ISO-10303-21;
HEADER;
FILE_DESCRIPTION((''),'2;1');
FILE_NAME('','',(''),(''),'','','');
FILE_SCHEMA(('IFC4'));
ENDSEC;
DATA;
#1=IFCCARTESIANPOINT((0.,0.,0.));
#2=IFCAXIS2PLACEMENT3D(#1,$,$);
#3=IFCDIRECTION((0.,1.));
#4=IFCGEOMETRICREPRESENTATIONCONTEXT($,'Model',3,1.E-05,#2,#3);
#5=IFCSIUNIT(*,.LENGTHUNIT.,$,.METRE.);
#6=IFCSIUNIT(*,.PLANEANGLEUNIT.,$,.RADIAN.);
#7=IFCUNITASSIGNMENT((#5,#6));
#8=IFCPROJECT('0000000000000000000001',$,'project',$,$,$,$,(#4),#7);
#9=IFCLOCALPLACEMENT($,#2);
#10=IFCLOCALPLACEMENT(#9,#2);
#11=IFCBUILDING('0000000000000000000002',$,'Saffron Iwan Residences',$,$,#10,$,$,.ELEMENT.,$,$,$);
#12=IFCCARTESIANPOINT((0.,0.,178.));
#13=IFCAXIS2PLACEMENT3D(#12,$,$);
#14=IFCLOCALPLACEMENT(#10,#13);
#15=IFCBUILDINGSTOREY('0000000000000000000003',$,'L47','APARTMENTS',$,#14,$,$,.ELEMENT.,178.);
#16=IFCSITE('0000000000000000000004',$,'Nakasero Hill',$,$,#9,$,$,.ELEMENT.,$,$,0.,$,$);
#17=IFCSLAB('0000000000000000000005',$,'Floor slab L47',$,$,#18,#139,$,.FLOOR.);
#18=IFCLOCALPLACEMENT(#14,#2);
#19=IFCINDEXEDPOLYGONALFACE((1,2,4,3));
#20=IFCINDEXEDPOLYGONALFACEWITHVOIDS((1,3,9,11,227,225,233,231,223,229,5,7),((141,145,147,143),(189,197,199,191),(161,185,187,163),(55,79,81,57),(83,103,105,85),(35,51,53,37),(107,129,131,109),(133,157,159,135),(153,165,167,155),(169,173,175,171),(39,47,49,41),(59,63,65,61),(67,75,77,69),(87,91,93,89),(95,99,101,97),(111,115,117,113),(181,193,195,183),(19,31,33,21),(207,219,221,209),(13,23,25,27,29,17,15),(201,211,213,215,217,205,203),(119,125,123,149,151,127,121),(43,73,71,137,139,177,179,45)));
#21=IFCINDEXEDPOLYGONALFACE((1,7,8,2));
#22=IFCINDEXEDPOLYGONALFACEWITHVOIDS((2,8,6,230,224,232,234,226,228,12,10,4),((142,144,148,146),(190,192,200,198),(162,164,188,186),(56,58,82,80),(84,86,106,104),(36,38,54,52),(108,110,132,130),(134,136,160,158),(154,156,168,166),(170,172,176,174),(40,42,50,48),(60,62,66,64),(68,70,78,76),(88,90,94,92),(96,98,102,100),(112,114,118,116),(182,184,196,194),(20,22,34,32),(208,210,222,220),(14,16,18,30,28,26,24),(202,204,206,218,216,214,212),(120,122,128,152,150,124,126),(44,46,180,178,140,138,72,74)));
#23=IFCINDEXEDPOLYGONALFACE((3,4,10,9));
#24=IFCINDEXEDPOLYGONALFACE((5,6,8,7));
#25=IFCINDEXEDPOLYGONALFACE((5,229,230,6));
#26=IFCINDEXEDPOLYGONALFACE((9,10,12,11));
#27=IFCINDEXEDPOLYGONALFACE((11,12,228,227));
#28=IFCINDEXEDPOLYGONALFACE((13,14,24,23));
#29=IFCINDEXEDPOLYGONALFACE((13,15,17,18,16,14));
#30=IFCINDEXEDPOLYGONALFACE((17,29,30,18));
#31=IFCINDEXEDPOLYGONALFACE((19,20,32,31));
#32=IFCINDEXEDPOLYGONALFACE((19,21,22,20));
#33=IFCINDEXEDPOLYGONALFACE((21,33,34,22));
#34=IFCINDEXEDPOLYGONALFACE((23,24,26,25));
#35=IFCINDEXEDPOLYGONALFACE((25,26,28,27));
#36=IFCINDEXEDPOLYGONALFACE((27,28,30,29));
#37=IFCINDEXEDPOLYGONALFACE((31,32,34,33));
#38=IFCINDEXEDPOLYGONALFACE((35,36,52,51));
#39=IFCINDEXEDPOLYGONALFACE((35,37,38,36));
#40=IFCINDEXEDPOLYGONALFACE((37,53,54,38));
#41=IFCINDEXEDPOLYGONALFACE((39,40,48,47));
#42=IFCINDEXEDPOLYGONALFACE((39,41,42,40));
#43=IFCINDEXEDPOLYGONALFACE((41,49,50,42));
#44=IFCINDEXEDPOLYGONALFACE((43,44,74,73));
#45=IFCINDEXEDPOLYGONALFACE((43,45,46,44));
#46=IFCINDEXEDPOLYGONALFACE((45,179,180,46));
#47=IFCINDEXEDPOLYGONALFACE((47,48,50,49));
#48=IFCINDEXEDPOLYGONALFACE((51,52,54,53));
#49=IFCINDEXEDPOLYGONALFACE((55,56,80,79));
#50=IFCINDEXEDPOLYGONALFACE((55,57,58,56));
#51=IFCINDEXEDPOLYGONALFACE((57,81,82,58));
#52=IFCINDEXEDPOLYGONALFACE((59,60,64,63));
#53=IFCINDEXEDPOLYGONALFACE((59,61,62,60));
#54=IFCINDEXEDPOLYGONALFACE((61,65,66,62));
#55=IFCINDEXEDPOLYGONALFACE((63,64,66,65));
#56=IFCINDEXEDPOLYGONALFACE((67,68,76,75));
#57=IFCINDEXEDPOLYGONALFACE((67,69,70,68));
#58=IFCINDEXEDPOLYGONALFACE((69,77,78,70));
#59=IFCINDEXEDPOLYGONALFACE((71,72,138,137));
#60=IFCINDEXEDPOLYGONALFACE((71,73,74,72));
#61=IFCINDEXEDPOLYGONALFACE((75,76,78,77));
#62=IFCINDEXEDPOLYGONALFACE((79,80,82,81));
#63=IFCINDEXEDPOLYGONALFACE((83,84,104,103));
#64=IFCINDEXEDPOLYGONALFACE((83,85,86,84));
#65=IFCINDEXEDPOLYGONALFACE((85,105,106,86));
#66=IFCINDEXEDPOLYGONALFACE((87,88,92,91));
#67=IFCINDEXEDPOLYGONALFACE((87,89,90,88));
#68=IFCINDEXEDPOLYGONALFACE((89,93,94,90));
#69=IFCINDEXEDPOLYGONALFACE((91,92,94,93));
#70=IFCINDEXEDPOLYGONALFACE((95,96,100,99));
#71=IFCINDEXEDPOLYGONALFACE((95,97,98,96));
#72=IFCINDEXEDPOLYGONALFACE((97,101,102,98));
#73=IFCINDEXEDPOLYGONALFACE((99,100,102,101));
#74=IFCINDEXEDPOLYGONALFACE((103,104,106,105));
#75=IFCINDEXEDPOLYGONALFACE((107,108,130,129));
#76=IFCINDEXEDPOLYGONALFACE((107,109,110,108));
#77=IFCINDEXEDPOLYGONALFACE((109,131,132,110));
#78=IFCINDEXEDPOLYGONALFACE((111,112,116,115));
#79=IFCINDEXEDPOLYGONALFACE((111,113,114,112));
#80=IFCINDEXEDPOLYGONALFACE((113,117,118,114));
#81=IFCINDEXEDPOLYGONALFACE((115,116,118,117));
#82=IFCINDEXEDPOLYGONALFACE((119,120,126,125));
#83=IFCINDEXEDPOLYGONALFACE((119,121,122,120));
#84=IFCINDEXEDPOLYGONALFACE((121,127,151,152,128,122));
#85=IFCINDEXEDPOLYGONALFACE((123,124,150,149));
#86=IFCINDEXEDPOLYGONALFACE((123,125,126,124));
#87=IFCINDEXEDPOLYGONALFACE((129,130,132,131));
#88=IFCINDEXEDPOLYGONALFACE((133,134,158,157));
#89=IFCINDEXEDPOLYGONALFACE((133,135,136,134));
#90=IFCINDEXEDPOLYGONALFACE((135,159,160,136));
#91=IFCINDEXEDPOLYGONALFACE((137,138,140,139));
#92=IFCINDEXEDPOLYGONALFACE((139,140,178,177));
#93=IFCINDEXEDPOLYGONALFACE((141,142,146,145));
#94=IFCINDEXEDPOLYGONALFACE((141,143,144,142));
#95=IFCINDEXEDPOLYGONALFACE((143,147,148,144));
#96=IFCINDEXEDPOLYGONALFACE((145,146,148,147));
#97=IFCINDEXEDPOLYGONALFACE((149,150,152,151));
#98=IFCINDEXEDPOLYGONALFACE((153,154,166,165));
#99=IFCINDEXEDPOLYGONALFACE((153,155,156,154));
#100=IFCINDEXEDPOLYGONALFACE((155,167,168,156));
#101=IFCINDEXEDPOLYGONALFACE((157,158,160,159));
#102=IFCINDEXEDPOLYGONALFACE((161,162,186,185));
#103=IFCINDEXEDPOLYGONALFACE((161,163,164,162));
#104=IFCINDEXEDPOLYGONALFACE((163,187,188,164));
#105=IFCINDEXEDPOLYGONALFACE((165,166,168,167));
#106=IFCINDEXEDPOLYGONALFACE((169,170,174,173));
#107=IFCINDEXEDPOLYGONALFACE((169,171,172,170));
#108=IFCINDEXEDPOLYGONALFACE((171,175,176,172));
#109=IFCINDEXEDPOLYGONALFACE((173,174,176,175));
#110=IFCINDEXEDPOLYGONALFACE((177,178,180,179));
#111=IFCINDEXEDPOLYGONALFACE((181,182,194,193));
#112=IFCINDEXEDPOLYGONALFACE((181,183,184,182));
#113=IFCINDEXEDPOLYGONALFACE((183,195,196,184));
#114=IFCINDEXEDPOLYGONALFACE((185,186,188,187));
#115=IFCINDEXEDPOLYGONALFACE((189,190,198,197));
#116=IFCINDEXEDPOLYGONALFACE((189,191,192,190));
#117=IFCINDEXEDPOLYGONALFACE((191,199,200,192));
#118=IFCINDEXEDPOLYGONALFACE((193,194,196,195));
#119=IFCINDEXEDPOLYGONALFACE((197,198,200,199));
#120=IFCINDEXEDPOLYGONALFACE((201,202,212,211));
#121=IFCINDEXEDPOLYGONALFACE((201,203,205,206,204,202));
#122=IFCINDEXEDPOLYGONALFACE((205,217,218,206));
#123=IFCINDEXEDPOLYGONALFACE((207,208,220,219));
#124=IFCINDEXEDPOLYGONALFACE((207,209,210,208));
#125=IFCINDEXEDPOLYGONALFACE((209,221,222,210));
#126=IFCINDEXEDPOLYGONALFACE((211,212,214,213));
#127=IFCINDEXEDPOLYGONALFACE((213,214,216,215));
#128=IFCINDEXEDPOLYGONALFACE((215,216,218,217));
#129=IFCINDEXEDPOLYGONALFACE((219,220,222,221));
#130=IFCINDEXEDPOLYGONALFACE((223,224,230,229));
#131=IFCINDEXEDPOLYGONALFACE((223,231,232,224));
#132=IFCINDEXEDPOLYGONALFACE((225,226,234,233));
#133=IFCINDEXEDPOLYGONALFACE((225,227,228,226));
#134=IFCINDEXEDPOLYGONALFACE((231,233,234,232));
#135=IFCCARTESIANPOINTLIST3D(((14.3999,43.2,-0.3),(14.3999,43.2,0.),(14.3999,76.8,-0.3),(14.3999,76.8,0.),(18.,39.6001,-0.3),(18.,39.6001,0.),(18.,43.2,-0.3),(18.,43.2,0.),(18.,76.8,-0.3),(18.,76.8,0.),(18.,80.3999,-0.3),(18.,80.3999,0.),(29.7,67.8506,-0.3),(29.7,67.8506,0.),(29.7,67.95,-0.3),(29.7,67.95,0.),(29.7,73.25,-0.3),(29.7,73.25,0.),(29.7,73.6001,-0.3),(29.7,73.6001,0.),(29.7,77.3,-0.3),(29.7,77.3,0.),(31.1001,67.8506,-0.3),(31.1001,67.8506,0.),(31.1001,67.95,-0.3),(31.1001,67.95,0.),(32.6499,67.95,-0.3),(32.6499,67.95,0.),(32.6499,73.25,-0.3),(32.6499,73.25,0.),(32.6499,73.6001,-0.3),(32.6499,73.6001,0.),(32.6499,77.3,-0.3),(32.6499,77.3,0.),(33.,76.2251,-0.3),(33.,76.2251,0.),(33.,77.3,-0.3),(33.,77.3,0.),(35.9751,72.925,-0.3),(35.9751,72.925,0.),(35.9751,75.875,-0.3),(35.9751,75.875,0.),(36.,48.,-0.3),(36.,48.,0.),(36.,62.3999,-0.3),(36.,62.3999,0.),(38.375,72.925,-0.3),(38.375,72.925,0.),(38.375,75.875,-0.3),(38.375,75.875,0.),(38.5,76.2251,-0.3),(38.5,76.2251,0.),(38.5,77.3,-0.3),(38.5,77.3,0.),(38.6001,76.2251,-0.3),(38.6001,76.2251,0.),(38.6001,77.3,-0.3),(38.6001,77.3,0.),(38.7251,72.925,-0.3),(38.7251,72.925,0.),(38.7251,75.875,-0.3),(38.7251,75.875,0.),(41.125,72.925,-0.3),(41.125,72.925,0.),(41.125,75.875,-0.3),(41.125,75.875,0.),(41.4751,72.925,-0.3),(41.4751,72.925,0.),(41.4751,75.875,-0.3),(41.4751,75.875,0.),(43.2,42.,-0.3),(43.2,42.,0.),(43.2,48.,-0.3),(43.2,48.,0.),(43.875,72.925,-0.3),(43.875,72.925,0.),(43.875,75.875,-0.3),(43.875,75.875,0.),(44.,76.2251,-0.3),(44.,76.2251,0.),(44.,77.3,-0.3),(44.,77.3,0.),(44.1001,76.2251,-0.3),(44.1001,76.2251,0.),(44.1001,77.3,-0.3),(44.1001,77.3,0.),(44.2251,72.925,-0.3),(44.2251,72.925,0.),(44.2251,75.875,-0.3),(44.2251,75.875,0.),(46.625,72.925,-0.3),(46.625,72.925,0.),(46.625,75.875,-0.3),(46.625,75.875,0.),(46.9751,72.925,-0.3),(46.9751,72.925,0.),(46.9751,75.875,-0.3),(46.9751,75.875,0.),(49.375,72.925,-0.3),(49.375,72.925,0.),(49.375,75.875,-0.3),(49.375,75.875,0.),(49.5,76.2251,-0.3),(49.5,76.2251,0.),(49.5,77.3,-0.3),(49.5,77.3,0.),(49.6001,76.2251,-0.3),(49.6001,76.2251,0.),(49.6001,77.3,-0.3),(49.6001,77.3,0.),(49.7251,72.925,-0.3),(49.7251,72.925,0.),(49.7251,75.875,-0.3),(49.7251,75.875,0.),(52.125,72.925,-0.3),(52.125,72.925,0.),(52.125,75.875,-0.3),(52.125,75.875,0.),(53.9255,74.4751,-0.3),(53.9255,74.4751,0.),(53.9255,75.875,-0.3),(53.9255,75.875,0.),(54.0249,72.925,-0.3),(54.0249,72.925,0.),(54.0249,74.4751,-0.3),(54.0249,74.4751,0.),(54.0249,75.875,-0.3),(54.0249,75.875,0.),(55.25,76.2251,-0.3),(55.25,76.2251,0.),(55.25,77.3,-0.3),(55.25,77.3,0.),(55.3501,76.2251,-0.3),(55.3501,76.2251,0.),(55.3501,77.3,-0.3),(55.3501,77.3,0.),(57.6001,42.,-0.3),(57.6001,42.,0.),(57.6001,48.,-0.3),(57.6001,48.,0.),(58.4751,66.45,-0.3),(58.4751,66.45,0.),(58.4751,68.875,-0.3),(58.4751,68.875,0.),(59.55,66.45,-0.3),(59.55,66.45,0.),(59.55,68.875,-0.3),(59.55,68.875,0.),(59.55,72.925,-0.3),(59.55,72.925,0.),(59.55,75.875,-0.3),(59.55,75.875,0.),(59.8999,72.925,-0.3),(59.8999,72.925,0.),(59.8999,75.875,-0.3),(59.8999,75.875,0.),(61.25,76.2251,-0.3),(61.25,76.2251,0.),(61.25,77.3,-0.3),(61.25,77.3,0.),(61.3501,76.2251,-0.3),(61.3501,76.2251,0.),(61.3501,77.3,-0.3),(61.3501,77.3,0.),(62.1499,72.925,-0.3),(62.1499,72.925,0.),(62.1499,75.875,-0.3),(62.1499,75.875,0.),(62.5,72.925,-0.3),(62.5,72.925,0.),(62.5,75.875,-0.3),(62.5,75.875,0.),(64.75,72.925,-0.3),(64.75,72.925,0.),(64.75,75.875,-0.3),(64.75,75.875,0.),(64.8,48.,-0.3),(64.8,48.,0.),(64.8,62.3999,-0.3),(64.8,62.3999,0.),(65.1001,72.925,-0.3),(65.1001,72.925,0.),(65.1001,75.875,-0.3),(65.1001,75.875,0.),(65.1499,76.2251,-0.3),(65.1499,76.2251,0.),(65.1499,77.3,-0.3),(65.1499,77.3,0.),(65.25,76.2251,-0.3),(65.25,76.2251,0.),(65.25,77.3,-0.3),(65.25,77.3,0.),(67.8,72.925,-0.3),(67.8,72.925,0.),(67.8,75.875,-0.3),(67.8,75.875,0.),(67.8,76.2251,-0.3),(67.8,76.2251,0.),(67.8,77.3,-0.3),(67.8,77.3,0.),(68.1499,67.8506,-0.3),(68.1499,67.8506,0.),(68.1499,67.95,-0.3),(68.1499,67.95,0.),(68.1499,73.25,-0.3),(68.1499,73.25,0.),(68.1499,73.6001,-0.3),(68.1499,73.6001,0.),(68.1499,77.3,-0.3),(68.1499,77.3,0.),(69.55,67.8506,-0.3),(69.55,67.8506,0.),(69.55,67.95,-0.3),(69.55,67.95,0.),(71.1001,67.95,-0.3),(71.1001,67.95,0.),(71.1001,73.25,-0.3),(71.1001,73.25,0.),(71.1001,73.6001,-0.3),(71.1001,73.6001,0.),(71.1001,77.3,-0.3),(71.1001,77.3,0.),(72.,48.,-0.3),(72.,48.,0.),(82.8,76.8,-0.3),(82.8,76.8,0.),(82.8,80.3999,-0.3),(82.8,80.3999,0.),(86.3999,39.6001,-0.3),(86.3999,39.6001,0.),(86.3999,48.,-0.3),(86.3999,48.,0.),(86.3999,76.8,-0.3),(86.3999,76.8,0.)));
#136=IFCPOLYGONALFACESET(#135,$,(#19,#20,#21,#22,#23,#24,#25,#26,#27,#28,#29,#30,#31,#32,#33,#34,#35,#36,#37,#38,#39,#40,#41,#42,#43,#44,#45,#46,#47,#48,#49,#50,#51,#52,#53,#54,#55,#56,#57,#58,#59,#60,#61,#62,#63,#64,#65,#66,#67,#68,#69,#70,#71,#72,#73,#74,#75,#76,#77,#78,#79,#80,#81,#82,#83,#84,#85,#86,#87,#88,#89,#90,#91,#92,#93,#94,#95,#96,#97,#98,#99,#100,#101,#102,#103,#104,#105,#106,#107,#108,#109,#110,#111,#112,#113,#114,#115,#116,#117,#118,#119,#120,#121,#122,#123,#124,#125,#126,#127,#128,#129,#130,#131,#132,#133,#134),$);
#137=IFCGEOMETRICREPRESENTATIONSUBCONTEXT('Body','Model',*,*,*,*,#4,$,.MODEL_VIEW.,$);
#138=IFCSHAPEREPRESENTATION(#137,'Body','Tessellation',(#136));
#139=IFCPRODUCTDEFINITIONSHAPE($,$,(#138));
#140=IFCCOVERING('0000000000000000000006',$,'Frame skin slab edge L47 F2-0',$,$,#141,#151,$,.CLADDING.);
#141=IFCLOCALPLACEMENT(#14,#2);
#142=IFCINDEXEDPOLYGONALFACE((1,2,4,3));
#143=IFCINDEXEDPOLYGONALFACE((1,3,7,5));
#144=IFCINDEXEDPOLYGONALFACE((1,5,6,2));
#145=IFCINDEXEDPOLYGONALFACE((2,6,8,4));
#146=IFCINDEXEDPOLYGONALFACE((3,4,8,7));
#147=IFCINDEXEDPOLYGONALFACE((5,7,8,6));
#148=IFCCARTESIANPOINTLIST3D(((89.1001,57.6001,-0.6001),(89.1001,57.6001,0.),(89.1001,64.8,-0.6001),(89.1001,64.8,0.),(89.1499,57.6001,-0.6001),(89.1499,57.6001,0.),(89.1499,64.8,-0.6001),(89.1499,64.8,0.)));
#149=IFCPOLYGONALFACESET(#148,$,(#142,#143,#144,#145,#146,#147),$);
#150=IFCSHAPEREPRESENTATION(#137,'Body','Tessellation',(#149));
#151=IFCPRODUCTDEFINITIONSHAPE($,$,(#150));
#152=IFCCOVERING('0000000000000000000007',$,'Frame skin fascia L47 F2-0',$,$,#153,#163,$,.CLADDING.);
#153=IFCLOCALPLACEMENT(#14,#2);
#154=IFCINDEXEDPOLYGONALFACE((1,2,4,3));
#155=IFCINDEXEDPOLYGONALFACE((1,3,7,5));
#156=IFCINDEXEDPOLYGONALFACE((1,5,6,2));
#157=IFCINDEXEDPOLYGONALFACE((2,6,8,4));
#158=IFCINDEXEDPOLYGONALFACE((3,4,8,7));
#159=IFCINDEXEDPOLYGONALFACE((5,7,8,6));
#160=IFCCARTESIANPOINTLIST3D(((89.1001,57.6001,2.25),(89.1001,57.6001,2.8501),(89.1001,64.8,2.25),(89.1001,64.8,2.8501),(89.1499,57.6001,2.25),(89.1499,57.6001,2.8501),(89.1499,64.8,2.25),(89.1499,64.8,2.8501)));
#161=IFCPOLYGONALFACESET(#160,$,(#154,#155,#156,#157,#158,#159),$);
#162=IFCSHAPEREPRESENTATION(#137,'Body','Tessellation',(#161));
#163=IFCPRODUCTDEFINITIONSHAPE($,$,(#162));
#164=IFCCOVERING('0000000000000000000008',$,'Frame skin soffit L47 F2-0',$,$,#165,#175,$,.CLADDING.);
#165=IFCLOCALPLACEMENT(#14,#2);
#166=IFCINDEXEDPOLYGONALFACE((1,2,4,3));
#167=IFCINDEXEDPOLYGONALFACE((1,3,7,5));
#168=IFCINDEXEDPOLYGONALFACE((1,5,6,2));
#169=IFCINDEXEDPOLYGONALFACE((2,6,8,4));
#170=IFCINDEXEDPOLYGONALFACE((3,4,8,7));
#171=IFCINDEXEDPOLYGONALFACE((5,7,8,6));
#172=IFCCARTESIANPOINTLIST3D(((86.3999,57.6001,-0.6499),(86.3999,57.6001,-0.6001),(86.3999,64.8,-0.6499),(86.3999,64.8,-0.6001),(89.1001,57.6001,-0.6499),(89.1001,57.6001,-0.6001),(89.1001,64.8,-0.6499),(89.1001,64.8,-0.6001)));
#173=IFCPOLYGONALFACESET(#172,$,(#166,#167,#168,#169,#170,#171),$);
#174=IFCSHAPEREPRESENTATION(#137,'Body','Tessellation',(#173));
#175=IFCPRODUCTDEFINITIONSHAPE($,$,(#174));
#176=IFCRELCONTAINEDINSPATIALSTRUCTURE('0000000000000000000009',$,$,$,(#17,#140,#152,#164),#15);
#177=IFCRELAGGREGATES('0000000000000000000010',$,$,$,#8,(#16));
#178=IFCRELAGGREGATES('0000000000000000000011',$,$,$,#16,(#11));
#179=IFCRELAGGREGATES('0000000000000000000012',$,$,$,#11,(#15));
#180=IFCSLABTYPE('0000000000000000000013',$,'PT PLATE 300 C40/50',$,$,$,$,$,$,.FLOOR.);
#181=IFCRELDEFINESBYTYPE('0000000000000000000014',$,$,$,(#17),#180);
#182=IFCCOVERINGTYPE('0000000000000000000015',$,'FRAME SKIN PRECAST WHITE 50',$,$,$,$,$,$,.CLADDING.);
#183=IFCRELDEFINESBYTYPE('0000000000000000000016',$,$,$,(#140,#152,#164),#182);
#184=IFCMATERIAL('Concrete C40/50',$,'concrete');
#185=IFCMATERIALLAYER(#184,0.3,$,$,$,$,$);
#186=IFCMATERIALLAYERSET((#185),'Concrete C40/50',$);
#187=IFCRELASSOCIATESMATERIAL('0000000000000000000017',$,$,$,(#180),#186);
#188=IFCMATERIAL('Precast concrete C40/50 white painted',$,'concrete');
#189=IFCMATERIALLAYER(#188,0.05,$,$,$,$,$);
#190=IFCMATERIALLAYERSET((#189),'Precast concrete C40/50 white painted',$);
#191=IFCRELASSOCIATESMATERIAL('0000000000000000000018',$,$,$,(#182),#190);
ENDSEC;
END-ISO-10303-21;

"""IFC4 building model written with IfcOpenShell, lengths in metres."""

from ifc_helpers import new_model, si_unit, direction, frame, origin, place, context, subcontext, project, spatial, polyline, outline, extrude, material, layer, layer_set, type_object, element, save


model = new_model("IFC4")

# Units and contexts
model_context = context("Model", 3, precision=1e-05, world=origin(), true_north=direction((0.0, 1.0)))
body_context = subcontext(model_context, "Body", "Model", "MODEL_VIEW")
ifc_project = project(units=[si_unit("LENGTHUNIT", "METRE"), si_unit("PLANEANGLEUNIT", "RADIAN")], contexts=[model_context])

# Site, building, storey
site_placement = place(None, origin())
site = spatial("IfcSite", under=ifc_project, at=site_placement, Name="Nakasero Hill", CompositionType="ELEMENT", RefElevation=0.0)
building_placement = place(site_placement, origin())
building = spatial("IfcBuilding", under=site, at=building_placement, Name="Saffron Iwan Residences", CompositionType="ELEMENT")
storey_placement = place(building_placement, frame((0.0, 0.0, 178.0)))
storey = spatial("IfcBuildingStorey", under=building, at=storey_placement, Name="L47", Description="APARTMENTS", CompositionType="ELEMENT", Elevation=178.0)

# Slab
ifc_material_1 = material(Name="Concrete C40/50", Category="concrete")
ifc_layer_1 = layer(ifc_material_1, 0.3)
ifc_layer_set_1 = layer_set([ifc_layer_1], Name="Concrete C40/50")
slab_type_1 = type_object("IfcSlabType", Name="PT PLATE 300 C40/50", PredefinedType="FLOOR", material=ifc_layer_set_1)
slab_1_placement = place(storey_placement, frame((0.0, 0.0, -0.3)))
element("IfcSlab", 1, at=slab_1_placement, inside=storey, type_object=slab_type_1, Name="Floor slab L47", PredefinedType="FLOOR", context=body_context, shape_type="SweptSolid", body=[
    extrude(outline(polyline([(14.3999, 43.2), (14.3999, 76.8), (18.0, 76.8), (18.0, 80.3999), (82.8, 80.3999), (82.8, 76.8), (86.3999, 76.8), (86.3999, 48.0), (72.0, 48.0), (86.3999, 39.6001), (18.0, 39.6001), (18.0, 43.2), (14.3999, 43.2)]), holes=[polyline([(64.8, 48.0), (64.8, 62.3999), (36.0, 62.3999), (36.0, 48.0), (43.2, 48.0), (43.2, 42.0), (57.6001, 42.0), (57.6001, 48.0), (64.8, 48.0)]), polyline([(29.7, 73.25), (29.7, 67.95), (29.7, 67.8506), (31.1001, 67.8506), (31.1001, 67.95), (32.6499, 67.95), (32.6499, 73.25), (29.7, 73.25)]), polyline([(38.375, 75.875), (35.9751, 75.875), (35.9751, 72.925), (38.375, 72.925), (38.375, 75.875)]), polyline([(41.125, 75.875), (38.7251, 75.875), (38.7251, 72.925), (41.125, 72.925), (41.125, 75.875)]), polyline([(43.875, 72.925), (43.875, 75.875), (41.4751, 75.875), (41.4751, 72.925), (43.875, 72.925)]), polyline([(46.625, 72.925), (46.625, 75.875), (44.2251, 75.875), (44.2251, 72.925), (46.625, 72.925)]), polyline([(49.375, 75.875), (46.9751, 75.875), (46.9751, 72.925), (49.375, 72.925), (49.375, 75.875)]), polyline([(52.125, 72.925), (52.125, 75.875), (49.7251, 75.875), (49.7251, 72.925), (52.125, 72.925)]), polyline([(32.6499, 73.6001), (32.6499, 77.3), (29.7, 77.3), (29.7, 73.6001), (32.6499, 73.6001)]), polyline([(38.5, 77.3), (33.0, 77.3), (33.0, 76.2251), (38.5, 76.2251), (38.5, 77.3)]), polyline([(44.0, 76.2251), (44.0, 77.3), (38.6001, 77.3), (38.6001, 76.2251), (44.0, 76.2251)]), polyline([(49.5, 76.2251), (49.5, 77.3), (44.1001, 77.3), (44.1001, 76.2251), (49.5, 76.2251)]), polyline([(59.55, 68.875), (58.4751, 68.875), (58.4751, 66.45), (59.55, 66.45), (59.55, 68.875)]), polyline([(68.1499, 73.25), (68.1499, 67.95), (68.1499, 67.8506), (69.55, 67.8506), (69.55, 67.95), (71.1001, 67.95), (71.1001, 73.25), (68.1499, 73.25)]), polyline([(54.0249, 74.4751), (54.0249, 72.925), (59.55, 72.925), (59.55, 75.875), (54.0249, 75.875), (53.9255, 75.875), (53.9255, 74.4751), (54.0249, 74.4751)]), polyline([(62.1499, 72.925), (62.1499, 75.875), (59.8999, 75.875), (59.8999, 72.925), (62.1499, 72.925)]), polyline([(64.75, 72.925), (64.75, 75.875), (62.5, 75.875), (62.5, 72.925), (64.75, 72.925)]), polyline([(67.8, 75.875), (65.1001, 75.875), (65.1001, 72.925), (67.8, 72.925), (67.8, 75.875)]), polyline([(71.1001, 73.6001), (71.1001, 77.3), (68.1499, 77.3), (68.1499, 73.6001), (71.1001, 73.6001)]), polyline([(55.25, 76.2251), (55.25, 77.3), (49.6001, 77.3), (49.6001, 76.2251), (55.25, 76.2251)]), polyline([(61.25, 77.3), (55.3501, 77.3), (55.3501, 76.2251), (61.25, 76.2251), (61.25, 77.3)]), polyline([(65.1499, 76.2251), (65.1499, 77.3), (61.3501, 77.3), (61.3501, 76.2251), (65.1499, 76.2251)]), polyline([(67.8, 76.2251), (67.8, 77.3), (65.25, 77.3), (65.25, 76.2251), (67.8, 76.2251)])]), origin(), (0.0, 0.0, 1.0), 0.3),
])

# Coverings
ifc_material_2 = material(Name="Precast concrete C40/50 white painted", Category="concrete")
ifc_layer_2 = layer(ifc_material_2, 0.05)
ifc_layer_set_2 = layer_set([ifc_layer_2], Name="Precast concrete C40/50 white painted")
covering_type_1 = type_object("IfcCoveringType", Name="FRAME SKIN PRECAST WHITE 50", PredefinedType="CLADDING", material=ifc_layer_set_2)
for number, where, name in (
    (2, (0.0, 0.0, -0.6001), "Frame skin slab edge L47 F2-0"),
    (3, (0.0, 0.0, 2.25), "Frame skin fascia L47 F2-0"),
):
    element("IfcCovering", number, at=place(storey_placement, frame(where)), inside=storey, type_object=covering_type_1, Name=name, PredefinedType="CLADDING", context=body_context, shape_type="SweptSolid", body=[
        extrude(outline(polyline([(89.1499, 57.6001), (89.1499, 64.8), (89.1001, 64.8), (89.1001, 57.6001), (89.1499, 57.6001)])), origin(), (0.0, 0.0, 1.0), 0.6001),
    ])
covering_1_placement = place(storey_placement, frame((0.0, 0.0, -0.6499)))
element("IfcCovering", 4, at=covering_1_placement, inside=storey, type_object=covering_type_1, Name="Frame skin soffit L47 F2-0", PredefinedType="CLADDING", context=body_context, shape_type="SweptSolid", body=[
    extrude(outline(polyline([(89.1001, 57.6001), (89.1001, 64.8), (86.3999, 64.8), (86.3999, 57.6001), (89.1001, 57.6001)])), origin(), (0.0, 0.0, 1.0), 0.0498),
])

save(model, "model.ifc")
